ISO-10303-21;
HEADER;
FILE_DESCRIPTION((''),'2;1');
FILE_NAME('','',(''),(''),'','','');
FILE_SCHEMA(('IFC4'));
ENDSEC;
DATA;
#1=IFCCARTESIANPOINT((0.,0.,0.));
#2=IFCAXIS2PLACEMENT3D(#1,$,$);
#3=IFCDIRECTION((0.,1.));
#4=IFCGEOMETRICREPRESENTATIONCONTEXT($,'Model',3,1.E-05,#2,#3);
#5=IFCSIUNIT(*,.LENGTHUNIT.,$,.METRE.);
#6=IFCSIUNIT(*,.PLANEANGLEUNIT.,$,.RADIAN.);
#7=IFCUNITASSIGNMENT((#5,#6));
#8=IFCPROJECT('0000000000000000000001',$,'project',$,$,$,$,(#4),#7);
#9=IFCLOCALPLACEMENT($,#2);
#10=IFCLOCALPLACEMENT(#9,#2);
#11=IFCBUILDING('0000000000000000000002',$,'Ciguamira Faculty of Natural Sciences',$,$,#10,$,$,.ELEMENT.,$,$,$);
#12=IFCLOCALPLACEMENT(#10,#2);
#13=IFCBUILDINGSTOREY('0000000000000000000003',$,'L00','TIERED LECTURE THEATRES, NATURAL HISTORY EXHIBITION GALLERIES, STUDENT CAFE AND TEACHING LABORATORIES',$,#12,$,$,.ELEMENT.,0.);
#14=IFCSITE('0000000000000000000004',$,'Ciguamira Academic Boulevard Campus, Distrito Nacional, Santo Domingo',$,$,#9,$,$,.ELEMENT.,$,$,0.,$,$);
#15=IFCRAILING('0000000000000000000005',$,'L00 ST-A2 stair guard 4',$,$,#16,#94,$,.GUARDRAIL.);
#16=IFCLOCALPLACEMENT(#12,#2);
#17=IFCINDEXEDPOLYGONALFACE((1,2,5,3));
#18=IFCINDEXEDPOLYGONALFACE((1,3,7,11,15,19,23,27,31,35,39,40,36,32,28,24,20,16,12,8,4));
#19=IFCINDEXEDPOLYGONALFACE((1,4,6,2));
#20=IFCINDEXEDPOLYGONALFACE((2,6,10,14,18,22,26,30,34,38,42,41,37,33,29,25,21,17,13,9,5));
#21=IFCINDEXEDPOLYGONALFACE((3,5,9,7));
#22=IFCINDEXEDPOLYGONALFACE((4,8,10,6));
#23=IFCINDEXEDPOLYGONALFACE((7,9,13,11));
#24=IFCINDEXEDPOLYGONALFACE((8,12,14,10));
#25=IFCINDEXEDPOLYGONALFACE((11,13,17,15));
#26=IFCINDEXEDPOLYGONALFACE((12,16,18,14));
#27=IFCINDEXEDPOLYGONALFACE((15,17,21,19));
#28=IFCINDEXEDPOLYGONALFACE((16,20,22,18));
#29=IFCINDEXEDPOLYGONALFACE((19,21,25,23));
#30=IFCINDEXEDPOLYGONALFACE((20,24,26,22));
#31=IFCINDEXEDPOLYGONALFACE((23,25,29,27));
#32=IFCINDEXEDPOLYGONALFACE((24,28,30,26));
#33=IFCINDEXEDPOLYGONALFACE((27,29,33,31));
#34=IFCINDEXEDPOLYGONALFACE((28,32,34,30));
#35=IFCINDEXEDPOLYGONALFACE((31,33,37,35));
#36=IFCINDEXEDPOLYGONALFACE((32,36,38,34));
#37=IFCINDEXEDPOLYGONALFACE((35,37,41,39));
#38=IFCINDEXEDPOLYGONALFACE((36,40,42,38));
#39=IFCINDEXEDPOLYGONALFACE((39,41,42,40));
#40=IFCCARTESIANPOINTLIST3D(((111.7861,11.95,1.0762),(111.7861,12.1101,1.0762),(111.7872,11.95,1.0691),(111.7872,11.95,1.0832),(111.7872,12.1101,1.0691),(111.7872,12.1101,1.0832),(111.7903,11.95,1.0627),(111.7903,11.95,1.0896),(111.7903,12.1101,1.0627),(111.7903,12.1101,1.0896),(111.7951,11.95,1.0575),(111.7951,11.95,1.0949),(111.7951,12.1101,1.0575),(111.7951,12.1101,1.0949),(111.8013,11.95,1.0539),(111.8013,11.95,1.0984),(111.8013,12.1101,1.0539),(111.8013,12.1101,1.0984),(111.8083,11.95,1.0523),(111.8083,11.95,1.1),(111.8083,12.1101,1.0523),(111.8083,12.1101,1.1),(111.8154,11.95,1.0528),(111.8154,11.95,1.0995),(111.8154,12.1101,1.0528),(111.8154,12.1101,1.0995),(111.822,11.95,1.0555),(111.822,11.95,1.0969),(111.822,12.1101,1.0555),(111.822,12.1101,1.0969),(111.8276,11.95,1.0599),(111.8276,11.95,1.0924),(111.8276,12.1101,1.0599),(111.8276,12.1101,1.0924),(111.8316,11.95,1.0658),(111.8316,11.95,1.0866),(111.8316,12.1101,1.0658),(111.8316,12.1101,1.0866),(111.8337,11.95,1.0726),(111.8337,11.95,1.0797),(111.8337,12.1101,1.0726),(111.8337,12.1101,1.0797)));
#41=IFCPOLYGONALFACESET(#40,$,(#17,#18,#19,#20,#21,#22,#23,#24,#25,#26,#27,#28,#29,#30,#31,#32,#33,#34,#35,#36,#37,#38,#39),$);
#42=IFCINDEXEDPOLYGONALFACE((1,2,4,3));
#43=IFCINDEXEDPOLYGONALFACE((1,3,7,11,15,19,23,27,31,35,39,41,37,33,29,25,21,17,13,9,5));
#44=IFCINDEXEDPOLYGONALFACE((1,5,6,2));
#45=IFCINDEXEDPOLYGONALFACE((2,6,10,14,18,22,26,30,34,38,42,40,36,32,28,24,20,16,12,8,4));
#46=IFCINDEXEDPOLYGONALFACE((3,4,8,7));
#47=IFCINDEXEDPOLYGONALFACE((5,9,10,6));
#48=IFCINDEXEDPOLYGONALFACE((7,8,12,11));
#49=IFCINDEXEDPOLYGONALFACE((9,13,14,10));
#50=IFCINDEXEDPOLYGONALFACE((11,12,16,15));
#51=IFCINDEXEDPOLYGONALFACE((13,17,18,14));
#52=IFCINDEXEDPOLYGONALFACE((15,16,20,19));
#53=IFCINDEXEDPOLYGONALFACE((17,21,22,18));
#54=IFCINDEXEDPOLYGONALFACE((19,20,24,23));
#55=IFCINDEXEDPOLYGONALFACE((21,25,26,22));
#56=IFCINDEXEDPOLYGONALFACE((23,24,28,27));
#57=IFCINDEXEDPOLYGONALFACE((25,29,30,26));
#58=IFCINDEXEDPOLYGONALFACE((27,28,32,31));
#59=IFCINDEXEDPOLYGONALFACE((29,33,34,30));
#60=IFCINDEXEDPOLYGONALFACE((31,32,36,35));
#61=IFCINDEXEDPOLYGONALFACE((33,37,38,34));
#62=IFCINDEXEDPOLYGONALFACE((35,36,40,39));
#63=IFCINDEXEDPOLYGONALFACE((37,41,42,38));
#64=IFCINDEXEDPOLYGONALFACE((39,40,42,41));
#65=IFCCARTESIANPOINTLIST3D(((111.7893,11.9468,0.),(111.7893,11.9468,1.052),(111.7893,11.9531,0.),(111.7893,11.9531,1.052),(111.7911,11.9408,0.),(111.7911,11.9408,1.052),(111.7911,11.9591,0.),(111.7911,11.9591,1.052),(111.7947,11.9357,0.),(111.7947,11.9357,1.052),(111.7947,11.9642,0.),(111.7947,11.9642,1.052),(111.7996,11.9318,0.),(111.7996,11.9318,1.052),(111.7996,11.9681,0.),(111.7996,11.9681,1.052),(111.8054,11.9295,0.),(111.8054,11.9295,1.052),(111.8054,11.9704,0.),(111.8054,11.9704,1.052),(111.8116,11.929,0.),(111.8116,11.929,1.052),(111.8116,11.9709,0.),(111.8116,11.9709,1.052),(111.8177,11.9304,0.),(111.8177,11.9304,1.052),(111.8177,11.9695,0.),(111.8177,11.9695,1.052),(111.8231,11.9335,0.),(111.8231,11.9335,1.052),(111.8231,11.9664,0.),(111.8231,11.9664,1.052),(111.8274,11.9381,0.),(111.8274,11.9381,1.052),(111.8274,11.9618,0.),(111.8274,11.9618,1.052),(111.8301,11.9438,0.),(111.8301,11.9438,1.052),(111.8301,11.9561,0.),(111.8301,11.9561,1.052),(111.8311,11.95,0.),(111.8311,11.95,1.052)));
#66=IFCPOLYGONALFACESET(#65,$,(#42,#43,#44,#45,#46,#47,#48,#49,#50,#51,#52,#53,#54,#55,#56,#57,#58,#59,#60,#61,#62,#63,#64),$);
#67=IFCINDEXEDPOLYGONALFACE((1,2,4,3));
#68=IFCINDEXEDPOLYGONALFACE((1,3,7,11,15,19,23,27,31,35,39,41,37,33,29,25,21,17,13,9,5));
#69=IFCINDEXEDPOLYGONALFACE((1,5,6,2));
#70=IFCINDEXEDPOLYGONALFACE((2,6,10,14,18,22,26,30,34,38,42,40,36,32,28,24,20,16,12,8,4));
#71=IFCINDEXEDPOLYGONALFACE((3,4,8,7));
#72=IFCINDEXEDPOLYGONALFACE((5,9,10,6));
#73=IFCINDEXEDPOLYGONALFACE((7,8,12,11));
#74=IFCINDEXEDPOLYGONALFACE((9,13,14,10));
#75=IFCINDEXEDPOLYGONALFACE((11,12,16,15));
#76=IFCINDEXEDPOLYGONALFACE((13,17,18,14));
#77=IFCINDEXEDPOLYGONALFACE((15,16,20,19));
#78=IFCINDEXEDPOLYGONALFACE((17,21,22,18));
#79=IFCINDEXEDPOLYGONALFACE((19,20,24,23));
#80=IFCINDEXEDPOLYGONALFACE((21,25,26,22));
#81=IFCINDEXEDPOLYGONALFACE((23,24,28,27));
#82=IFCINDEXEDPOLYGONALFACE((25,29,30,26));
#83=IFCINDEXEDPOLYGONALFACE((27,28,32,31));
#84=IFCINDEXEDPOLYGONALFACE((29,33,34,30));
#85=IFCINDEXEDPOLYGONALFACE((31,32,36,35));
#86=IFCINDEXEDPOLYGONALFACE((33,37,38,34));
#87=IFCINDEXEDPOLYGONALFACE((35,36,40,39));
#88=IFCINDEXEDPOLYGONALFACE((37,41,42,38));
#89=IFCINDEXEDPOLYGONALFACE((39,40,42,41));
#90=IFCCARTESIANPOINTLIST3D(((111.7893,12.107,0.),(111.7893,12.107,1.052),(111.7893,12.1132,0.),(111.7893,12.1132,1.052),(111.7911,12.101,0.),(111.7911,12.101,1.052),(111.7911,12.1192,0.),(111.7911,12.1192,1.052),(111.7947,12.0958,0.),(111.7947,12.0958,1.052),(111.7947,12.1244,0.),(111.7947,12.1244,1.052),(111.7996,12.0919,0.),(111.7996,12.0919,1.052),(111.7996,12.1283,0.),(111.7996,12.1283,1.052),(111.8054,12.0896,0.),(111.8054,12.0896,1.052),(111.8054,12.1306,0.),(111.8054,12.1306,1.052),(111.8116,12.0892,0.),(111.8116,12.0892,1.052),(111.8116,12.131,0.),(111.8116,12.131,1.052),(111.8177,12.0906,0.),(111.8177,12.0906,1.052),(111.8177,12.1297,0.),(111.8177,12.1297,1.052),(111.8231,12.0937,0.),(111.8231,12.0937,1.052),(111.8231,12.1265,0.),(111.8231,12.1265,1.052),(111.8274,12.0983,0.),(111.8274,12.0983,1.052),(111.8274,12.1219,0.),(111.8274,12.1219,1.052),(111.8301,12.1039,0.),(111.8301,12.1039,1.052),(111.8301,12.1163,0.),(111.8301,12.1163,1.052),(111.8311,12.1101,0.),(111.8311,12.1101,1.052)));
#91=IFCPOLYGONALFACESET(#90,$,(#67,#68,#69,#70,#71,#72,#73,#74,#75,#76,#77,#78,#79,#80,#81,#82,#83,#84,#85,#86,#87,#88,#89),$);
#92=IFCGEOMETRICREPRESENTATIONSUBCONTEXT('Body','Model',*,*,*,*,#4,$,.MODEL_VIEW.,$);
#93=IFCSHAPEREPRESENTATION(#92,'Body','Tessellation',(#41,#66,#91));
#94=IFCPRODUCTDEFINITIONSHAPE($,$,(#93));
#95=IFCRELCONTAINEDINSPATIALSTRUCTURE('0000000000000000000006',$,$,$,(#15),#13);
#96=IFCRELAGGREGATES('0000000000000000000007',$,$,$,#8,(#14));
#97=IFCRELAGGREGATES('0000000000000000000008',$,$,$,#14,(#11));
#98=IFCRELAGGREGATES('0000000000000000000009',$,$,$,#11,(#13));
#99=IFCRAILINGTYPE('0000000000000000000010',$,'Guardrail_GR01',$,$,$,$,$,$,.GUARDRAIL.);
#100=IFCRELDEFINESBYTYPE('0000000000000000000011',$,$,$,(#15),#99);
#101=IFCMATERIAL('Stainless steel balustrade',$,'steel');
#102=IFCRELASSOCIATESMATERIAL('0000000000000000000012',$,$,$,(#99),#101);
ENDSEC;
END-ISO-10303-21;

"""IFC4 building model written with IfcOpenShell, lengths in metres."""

from ifc_helpers import new_model, si_unit, direction, frame, origin, origin_2d, place, context, subcontext, project, spatial, circle, extrude, material, type_object, element, save


model = new_model("IFC4")

# Units and contexts
model_context = context("Model", 3, precision=1e-05, world=origin(), true_north=direction((0.0, 1.0)))
body_context = subcontext(model_context, "Body", "Model", "MODEL_VIEW")
ifc_project = project(units=[si_unit("LENGTHUNIT", "METRE"), si_unit("PLANEANGLEUNIT", "RADIAN")], contexts=[model_context])

# Site, building, storey
site_placement = place(None, origin())
site = spatial("IfcSite", under=ifc_project, at=site_placement, Name="Ciguamira Academic Boulevard Campus, Distrito Nacional, Santo Domingo", CompositionType="ELEMENT", RefElevation=0.0)
building_placement = place(site_placement, origin())
building = spatial("IfcBuilding", under=site, at=building_placement, Name="Ciguamira Faculty of Natural Sciences", CompositionType="ELEMENT")
storey_placement = place(building_placement, origin())
storey = spatial("IfcBuildingStorey", under=building, at=storey_placement, Name="L00", Description="TIERED LECTURE THEATRES, NATURAL HISTORY EXHIBITION GALLERIES, STUDENT CAFE AND TEACHING LABORATORIES", CompositionType="ELEMENT", Elevation=0.0)

# Railing
ifc_material_1 = material(Name="Stainless steel balustrade", Category="steel")
railing_type_1 = type_object("IfcRailingType", Name="Guardrail_GR01", PredefinedType="GUARDRAIL", material=ifc_material_1)
railing_1_placement = place(storey_placement, frame((111.8101, 11.95, 0.0)))
element("IfcRailing", 1, at=railing_1_placement, inside=storey, type_object=railing_type_1, Name="L00 ST-A2 stair guard 4", PredefinedType="GUARDRAIL", context=body_context, shape_type="SweptSolid", body=[
    extrude(circle(Radius=0.0239, at=origin_2d()), frame((0.0, 0.0, 1.0762), z_axis=(0.0, 1.0, 0.0), x_axis=(-1.0, 0.0, 0.0)), (0.0, 0.0, 1.0), 0.1602),
    extrude(circle(Radius=0.021, at=origin_2d()), origin(), (0.0, 0.0, 1.0), 1.052),
    extrude(circle(Radius=0.021, at=origin_2d()), frame((0.0, 0.1602, 0.0)), (0.0, 0.0, 1.0), 1.052),
])

save(model, "model.ifc")
